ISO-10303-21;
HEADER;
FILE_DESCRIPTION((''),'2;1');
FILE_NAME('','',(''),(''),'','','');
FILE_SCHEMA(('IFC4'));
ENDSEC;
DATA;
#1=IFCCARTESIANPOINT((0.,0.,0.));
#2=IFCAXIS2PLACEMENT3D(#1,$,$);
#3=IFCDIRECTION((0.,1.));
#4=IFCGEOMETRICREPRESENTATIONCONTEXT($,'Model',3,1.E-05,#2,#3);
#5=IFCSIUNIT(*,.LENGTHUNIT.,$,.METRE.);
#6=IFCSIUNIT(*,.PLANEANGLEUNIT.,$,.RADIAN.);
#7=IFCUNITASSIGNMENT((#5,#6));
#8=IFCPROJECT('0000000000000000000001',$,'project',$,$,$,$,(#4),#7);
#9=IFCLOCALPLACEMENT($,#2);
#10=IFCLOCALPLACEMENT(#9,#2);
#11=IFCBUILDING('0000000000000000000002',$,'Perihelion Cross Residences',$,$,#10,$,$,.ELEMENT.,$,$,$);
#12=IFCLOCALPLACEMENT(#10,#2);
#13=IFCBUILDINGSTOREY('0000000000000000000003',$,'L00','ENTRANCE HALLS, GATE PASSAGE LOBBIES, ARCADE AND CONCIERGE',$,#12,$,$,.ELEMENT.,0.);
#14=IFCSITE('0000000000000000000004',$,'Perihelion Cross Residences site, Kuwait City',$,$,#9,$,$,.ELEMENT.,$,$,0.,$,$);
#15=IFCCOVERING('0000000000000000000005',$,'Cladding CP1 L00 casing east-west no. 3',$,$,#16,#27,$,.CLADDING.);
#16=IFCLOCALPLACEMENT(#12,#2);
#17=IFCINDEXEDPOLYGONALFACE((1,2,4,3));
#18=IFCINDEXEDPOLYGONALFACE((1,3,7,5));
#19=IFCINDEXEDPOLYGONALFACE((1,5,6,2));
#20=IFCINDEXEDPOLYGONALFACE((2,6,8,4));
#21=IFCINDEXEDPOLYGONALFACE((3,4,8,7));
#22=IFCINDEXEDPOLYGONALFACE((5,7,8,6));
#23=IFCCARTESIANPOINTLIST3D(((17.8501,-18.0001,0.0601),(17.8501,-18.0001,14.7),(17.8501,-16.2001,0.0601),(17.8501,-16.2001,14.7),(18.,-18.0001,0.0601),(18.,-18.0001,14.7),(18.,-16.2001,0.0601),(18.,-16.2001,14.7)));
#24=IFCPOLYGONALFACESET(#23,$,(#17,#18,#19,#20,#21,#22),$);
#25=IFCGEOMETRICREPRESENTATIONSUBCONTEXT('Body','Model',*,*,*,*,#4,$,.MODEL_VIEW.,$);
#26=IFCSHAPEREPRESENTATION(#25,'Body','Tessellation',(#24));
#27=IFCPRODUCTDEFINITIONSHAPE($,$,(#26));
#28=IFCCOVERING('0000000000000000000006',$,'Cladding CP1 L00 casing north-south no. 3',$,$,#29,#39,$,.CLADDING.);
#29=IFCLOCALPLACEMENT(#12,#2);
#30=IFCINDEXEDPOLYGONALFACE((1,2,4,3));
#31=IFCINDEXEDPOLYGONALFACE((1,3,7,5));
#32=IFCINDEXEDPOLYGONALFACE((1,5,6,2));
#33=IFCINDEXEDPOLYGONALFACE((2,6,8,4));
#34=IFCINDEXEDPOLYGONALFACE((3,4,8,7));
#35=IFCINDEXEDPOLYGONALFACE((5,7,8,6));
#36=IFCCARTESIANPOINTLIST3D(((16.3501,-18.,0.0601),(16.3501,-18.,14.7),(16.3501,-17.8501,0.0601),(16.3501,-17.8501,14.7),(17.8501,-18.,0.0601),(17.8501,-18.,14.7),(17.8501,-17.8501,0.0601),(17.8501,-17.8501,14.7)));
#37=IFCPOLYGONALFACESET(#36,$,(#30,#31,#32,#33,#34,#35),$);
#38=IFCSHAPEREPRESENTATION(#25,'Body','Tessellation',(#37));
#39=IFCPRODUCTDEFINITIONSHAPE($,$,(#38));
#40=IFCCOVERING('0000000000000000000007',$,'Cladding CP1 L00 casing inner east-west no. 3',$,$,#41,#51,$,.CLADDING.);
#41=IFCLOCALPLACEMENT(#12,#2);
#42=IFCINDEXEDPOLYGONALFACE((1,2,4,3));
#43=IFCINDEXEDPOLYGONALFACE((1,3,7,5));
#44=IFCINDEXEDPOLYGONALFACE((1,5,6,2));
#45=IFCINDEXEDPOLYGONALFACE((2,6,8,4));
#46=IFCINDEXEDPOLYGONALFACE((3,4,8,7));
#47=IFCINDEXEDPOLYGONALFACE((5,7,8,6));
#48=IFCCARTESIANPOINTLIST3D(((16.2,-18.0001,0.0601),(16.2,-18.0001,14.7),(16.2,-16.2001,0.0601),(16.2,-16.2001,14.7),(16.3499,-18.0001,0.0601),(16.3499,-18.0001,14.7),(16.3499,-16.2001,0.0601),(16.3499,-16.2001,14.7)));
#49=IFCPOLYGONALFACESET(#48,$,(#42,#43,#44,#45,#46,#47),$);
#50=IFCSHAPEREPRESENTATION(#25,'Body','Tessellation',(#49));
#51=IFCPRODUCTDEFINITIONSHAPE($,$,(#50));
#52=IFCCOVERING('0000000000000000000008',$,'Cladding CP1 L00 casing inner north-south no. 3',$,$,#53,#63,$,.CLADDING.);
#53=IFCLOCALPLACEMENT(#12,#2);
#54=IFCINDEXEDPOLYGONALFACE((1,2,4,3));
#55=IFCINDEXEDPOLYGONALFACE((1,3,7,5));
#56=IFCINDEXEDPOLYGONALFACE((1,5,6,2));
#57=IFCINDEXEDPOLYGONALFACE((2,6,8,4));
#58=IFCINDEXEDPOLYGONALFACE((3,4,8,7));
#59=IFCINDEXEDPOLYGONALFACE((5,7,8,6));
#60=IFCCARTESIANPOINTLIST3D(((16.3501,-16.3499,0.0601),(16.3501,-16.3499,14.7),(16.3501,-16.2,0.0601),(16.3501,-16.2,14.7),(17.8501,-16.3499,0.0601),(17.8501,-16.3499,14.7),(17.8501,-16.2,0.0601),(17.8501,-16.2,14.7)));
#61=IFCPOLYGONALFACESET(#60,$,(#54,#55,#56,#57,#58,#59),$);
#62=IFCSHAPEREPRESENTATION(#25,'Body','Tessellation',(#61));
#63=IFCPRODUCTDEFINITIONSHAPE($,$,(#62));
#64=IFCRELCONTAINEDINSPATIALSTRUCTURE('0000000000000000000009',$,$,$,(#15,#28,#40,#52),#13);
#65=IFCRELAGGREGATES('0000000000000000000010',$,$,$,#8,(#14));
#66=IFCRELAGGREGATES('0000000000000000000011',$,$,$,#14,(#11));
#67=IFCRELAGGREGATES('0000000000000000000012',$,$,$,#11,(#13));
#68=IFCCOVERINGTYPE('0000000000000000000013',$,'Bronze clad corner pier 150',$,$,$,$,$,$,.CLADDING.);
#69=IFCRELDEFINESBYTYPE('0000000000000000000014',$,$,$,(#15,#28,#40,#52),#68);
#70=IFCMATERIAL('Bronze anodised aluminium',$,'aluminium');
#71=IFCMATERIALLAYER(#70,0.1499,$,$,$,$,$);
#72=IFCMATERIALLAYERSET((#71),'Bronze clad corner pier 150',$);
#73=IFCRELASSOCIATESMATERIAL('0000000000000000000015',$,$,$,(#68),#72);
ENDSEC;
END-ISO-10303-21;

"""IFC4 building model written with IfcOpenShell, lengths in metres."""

from ifc_helpers import new_model, si_unit, direction, frame, origin, origin_2d, place, context, subcontext, project, spatial, rectangle, extrude, material, layer, layer_set, type_object, element, save


model = new_model("IFC4")

# Units and contexts
model_context = context("Model", 3, precision=1e-05, world=origin(), true_north=direction((0.0, 1.0)))
body_context = subcontext(model_context, "Body", "Model", "MODEL_VIEW")
ifc_project = project(units=[si_unit("LENGTHUNIT", "METRE"), si_unit("PLANEANGLEUNIT", "RADIAN")], contexts=[model_context])

# Site, building, storey
site_placement = place(None, origin())
site = spatial("IfcSite", under=ifc_project, at=site_placement, Name="Perihelion Cross Residences site, Kuwait City", CompositionType="ELEMENT", RefElevation=0.0)
building_placement = place(site_placement, origin())
building = spatial("IfcBuilding", under=site, at=building_placement, Name="Perihelion Cross Residences", CompositionType="ELEMENT")
storey_placement = place(building_placement, origin())
storey = spatial("IfcBuildingStorey", under=building, at=storey_placement, Name="L00", Description="ENTRANCE HALLS, GATE PASSAGE LOBBIES, ARCADE AND CONCIERGE", CompositionType="ELEMENT", Elevation=0.0)

# Coverings
ifc_material_1 = material(Name="Bronze anodised aluminium", Category="aluminium")
ifc_layer_1 = layer(ifc_material_1, 0.1499)
ifc_layer_set_1 = layer_set([ifc_layer_1], Name="Bronze clad corner pier 150")
covering_type = type_object("IfcCoveringType", Name="Bronze clad corner pier 150", PredefinedType="CLADDING", material=ifc_layer_set_1)
covering_1_placement = place(storey_placement, frame((17.925, -17.1001, 0.0601), z_axis=(0.0, 0.0, 1.0), x_axis=(1.0, 0.0, 0.0)))
element("IfcCovering", 1, at=covering_1_placement, inside=storey, type_object=covering_type, Name="Cladding CP1 L00 casing east-west no. 3", PredefinedType="CLADDING", context=body_context, shape_type="SweptSolid", body=[
    extrude(rectangle(XDim=0.1499, YDim=1.8, at=origin_2d()), origin(), (0.0, 0.0, 1.0), 14.6399),
])
covering_2_placement = place(storey_placement, frame((17.1001, -17.925, 0.0601), z_axis=(0.0, 0.0, 1.0), x_axis=(1.0, 0.0, 0.0)))
element("IfcCovering", 2, at=covering_2_placement, inside=storey, type_object=covering_type, Name="Cladding CP1 L00 casing north-south no. 3", PredefinedType="CLADDING", context=body_context, shape_type="SweptSolid", body=[
    extrude(rectangle(XDim=1.5, YDim=0.1499, at=origin_2d()), origin(), (0.0, 0.0, 1.0), 14.6399),
])
covering_3_placement = place(storey_placement, frame((16.2749, -17.1001, 0.0601), z_axis=(0.0, 0.0, 1.0), x_axis=(1.0, 0.0, 0.0)))
element("IfcCovering", 3, at=covering_3_placement, inside=storey, type_object=covering_type, Name="Cladding CP1 L00 casing inner east-west no. 3", PredefinedType="CLADDING", context=body_context, shape_type="SweptSolid", body=[
    extrude(rectangle(XDim=0.1499, YDim=1.8, at=origin_2d()), origin(), (0.0, 0.0, 1.0), 14.6399),
])
covering_4_placement = place(storey_placement, frame((17.1001, -16.2749, 0.0601), z_axis=(0.0, 0.0, 1.0), x_axis=(1.0, 0.0, 0.0)))
element("IfcCovering", 4, at=covering_4_placement, inside=storey, type_object=covering_type, Name="Cladding CP1 L00 casing inner north-south no. 3", PredefinedType="CLADDING", context=body_context, shape_type="SweptSolid", body=[
    extrude(rectangle(XDim=1.5, YDim=0.1499, at=origin_2d()), origin(), (0.0, 0.0, 1.0), 14.6399),
])

save(model, "model.ifc")
